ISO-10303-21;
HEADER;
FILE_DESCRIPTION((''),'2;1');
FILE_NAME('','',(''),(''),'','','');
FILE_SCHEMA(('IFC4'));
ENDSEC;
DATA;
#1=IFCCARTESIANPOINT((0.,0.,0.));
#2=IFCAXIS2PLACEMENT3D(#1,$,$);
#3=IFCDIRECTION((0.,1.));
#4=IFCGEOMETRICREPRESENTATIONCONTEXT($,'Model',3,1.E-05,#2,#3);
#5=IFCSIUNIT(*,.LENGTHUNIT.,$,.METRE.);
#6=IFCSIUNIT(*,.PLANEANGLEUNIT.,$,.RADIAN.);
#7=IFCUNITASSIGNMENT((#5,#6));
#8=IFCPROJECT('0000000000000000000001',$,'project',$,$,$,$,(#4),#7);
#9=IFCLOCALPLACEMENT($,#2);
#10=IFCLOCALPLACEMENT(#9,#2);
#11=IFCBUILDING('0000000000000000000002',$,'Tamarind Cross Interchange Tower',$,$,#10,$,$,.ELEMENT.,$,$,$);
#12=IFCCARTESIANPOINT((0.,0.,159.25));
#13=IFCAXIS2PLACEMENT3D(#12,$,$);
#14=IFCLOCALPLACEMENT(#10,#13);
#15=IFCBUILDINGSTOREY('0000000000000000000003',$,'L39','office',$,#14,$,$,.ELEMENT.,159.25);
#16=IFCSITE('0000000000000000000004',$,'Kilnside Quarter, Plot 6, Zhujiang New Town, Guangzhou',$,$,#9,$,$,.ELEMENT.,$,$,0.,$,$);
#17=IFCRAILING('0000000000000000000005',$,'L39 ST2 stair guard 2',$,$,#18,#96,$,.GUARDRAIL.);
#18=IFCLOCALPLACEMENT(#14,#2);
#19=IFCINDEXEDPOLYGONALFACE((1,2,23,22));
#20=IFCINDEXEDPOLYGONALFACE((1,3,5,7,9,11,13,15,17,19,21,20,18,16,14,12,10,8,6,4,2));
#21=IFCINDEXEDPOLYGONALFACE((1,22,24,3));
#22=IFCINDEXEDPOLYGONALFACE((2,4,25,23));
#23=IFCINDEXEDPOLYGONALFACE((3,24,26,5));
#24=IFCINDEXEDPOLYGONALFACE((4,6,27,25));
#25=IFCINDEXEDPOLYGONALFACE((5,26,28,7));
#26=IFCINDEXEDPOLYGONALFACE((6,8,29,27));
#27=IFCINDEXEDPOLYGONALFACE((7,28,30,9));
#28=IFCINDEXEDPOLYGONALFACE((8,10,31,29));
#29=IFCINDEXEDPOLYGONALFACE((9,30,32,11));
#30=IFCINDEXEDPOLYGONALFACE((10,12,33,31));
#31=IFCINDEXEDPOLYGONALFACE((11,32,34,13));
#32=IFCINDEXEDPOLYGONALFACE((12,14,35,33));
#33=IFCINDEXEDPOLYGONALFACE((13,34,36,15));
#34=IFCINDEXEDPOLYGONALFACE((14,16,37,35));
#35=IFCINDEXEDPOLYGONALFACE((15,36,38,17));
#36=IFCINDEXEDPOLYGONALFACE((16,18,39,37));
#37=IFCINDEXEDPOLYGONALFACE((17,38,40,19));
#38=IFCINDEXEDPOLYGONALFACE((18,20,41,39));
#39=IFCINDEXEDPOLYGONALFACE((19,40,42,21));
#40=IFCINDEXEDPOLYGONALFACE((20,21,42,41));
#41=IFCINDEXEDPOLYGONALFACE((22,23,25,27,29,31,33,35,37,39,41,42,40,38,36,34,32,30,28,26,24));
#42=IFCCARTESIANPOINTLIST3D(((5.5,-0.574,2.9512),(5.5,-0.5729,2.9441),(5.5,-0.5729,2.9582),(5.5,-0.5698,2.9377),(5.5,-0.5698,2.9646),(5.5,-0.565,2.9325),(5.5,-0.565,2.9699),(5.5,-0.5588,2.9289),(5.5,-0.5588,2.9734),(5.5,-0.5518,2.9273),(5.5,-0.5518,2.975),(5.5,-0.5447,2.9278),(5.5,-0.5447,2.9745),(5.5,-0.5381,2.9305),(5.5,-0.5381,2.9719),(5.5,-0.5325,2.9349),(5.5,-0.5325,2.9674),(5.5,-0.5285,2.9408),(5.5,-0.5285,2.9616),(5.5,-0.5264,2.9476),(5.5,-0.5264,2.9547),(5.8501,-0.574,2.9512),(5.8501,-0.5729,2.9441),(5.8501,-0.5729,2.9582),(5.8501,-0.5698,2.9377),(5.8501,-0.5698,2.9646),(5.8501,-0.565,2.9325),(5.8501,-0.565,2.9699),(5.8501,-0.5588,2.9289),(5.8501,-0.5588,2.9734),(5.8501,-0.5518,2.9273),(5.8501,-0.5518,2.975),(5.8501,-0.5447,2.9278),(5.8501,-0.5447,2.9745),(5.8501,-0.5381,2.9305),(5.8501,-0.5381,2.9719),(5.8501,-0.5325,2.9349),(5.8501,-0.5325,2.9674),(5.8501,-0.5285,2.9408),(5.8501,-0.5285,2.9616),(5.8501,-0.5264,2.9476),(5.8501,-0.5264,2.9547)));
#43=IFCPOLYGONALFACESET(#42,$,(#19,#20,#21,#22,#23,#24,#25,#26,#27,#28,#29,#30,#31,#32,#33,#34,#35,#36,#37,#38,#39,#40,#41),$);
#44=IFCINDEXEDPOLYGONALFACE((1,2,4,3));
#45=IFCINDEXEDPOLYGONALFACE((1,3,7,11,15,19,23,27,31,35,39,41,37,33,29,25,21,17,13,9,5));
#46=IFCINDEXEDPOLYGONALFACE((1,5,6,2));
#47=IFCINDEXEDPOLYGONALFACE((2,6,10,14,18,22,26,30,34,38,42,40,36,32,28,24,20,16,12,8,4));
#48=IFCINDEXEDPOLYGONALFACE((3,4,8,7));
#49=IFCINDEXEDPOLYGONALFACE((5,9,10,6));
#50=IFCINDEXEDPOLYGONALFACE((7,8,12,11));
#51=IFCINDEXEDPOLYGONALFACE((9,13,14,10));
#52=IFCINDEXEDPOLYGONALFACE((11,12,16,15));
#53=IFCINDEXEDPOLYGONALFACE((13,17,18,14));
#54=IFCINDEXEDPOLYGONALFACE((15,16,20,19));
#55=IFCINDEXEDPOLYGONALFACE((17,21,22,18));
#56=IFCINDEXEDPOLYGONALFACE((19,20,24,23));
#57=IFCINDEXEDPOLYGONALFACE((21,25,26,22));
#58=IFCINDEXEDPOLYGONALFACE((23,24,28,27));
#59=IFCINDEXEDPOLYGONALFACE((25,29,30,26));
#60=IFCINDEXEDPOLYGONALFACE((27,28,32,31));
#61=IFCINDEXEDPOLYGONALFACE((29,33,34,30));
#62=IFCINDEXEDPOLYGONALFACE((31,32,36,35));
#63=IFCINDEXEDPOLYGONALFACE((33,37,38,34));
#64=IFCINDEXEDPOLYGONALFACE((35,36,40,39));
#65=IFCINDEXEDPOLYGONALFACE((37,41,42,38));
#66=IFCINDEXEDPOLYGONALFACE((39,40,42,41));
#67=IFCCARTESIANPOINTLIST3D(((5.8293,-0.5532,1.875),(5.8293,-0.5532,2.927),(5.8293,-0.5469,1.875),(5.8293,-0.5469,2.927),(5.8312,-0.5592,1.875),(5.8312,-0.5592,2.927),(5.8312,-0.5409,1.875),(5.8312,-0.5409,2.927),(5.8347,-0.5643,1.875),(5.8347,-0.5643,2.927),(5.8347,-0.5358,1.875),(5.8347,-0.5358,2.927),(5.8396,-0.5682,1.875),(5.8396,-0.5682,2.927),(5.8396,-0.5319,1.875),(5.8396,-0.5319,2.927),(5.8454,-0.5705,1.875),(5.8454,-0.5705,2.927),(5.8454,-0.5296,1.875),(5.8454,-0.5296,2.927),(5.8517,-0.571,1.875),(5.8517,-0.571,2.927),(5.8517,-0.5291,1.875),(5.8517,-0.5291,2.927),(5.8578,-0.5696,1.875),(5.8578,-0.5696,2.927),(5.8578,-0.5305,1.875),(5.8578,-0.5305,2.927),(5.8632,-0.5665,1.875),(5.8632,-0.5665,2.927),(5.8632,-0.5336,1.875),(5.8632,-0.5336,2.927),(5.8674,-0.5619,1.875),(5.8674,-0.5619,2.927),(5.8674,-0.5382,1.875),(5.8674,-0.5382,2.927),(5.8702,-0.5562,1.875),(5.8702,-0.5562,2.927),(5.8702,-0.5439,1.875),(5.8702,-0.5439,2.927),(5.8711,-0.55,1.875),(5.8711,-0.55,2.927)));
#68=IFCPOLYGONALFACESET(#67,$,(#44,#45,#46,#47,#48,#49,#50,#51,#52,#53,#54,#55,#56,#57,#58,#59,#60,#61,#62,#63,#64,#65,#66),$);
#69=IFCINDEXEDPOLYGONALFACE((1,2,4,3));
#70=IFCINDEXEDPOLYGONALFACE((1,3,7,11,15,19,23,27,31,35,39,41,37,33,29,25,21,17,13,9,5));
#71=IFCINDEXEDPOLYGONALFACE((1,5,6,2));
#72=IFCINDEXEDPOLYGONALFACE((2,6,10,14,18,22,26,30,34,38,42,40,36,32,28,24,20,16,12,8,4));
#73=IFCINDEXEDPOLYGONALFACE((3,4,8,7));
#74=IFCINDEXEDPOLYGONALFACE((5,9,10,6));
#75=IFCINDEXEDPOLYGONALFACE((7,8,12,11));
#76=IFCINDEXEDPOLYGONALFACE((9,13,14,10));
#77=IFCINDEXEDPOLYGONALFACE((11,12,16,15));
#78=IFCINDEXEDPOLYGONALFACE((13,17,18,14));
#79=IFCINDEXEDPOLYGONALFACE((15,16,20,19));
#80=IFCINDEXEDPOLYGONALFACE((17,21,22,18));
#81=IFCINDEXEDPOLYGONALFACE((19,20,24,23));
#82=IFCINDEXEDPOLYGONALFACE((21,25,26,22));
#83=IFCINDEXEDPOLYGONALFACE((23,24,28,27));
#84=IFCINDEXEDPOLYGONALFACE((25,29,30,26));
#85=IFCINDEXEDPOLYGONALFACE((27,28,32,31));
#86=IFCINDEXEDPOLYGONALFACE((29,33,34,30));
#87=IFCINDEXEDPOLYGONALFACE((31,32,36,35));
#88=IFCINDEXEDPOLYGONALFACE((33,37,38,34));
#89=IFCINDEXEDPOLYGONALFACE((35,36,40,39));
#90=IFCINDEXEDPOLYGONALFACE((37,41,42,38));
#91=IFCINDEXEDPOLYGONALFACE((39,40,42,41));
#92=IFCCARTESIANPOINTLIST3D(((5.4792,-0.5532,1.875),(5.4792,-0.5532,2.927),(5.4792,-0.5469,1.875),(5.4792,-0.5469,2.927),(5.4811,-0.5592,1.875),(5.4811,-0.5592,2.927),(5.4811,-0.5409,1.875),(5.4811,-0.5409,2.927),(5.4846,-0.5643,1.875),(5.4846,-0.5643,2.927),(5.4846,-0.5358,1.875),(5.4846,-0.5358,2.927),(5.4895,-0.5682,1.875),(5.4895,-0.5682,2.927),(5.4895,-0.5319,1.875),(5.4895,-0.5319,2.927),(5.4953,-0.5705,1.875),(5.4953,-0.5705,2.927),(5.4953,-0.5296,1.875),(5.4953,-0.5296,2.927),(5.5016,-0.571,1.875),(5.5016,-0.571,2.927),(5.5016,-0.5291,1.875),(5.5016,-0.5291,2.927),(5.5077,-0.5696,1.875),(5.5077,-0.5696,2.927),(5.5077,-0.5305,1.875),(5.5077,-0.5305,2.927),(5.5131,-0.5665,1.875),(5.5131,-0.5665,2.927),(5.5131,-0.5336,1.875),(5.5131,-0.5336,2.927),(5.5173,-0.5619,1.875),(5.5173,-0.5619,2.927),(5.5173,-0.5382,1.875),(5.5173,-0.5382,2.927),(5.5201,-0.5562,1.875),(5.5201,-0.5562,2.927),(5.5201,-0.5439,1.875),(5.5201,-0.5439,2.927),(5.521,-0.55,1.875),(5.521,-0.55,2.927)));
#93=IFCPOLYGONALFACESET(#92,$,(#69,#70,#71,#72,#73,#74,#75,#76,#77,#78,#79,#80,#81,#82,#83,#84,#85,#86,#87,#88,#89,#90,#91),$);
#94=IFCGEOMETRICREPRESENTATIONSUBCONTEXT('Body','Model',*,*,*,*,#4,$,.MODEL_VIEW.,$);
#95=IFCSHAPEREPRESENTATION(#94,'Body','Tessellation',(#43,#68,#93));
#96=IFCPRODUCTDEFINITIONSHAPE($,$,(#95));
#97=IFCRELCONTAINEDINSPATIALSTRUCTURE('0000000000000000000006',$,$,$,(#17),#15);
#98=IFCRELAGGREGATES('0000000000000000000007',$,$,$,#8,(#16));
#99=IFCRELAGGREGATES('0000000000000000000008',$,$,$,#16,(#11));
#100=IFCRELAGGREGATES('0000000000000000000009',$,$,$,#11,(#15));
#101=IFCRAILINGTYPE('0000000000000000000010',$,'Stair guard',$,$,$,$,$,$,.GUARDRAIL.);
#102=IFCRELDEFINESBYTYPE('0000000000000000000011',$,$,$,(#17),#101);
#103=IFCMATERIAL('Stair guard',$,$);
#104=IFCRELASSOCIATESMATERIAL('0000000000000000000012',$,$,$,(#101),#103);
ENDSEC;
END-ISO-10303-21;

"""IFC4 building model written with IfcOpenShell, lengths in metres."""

from ifc_helpers import new_model, si_unit, direction, frame, origin, origin_2d, place, context, subcontext, project, spatial, circle, extrude, material, type_object, element, save


model = new_model("IFC4")

# Units and contexts
model_context = context("Model", 3, precision=1e-05, world=origin(), true_north=direction((0.0, 1.0)))
body_context = subcontext(model_context, "Body", "Model", "MODEL_VIEW")
ifc_project = project(units=[si_unit("LENGTHUNIT", "METRE"), si_unit("PLANEANGLEUNIT", "RADIAN")], contexts=[model_context])

# Site, building, storey
site_placement = place(None, origin())
site = spatial("IfcSite", under=ifc_project, at=site_placement, Name="Kilnside Quarter, Plot 6, Zhujiang New Town, Guangzhou", CompositionType="ELEMENT", RefElevation=0.0)
building_placement = place(site_placement, origin())
building = spatial("IfcBuilding", under=site, at=building_placement, Name="Tamarind Cross Interchange Tower", CompositionType="ELEMENT")
storey_placement = place(building_placement, frame((0.0, 0.0, 159.25)))
storey = spatial("IfcBuildingStorey", under=building, at=storey_placement, Name="L39", Description="office", CompositionType="ELEMENT", Elevation=159.25)

# Railing
ifc_material_1 = material(Name="Stair guard")
railing_type_1 = type_object("IfcRailingType", Name="Stair guard", PredefinedType="GUARDRAIL", material=ifc_material_1)
railing_1_placement = place(storey_placement, frame((5.8501, -0.55, 1.875)))
element("IfcRailing", 1, at=railing_1_placement, inside=storey, type_object=railing_type_1, Name="L39 ST2 stair guard 2", PredefinedType="GUARDRAIL", context=body_context, shape_type="SweptSolid", body=[
    extrude(circle(Radius=0.0239, at=origin_2d()), frame((0.0, 0.0, 1.0762), z_axis=(-1.0, 0.0, 0.0), x_axis=(0.0, -1.0, 0.0)), (0.0, 0.0, 1.0), 0.3501),
    extrude(circle(Radius=0.021, at=origin_2d()), origin(), (0.0, 0.0, 1.0), 1.052),
    extrude(circle(Radius=0.021, at=origin_2d()), frame((-0.3501, 0.0, 0.0)), (0.0, 0.0, 1.0), 1.052),
])

save(model, "model.ifc")
